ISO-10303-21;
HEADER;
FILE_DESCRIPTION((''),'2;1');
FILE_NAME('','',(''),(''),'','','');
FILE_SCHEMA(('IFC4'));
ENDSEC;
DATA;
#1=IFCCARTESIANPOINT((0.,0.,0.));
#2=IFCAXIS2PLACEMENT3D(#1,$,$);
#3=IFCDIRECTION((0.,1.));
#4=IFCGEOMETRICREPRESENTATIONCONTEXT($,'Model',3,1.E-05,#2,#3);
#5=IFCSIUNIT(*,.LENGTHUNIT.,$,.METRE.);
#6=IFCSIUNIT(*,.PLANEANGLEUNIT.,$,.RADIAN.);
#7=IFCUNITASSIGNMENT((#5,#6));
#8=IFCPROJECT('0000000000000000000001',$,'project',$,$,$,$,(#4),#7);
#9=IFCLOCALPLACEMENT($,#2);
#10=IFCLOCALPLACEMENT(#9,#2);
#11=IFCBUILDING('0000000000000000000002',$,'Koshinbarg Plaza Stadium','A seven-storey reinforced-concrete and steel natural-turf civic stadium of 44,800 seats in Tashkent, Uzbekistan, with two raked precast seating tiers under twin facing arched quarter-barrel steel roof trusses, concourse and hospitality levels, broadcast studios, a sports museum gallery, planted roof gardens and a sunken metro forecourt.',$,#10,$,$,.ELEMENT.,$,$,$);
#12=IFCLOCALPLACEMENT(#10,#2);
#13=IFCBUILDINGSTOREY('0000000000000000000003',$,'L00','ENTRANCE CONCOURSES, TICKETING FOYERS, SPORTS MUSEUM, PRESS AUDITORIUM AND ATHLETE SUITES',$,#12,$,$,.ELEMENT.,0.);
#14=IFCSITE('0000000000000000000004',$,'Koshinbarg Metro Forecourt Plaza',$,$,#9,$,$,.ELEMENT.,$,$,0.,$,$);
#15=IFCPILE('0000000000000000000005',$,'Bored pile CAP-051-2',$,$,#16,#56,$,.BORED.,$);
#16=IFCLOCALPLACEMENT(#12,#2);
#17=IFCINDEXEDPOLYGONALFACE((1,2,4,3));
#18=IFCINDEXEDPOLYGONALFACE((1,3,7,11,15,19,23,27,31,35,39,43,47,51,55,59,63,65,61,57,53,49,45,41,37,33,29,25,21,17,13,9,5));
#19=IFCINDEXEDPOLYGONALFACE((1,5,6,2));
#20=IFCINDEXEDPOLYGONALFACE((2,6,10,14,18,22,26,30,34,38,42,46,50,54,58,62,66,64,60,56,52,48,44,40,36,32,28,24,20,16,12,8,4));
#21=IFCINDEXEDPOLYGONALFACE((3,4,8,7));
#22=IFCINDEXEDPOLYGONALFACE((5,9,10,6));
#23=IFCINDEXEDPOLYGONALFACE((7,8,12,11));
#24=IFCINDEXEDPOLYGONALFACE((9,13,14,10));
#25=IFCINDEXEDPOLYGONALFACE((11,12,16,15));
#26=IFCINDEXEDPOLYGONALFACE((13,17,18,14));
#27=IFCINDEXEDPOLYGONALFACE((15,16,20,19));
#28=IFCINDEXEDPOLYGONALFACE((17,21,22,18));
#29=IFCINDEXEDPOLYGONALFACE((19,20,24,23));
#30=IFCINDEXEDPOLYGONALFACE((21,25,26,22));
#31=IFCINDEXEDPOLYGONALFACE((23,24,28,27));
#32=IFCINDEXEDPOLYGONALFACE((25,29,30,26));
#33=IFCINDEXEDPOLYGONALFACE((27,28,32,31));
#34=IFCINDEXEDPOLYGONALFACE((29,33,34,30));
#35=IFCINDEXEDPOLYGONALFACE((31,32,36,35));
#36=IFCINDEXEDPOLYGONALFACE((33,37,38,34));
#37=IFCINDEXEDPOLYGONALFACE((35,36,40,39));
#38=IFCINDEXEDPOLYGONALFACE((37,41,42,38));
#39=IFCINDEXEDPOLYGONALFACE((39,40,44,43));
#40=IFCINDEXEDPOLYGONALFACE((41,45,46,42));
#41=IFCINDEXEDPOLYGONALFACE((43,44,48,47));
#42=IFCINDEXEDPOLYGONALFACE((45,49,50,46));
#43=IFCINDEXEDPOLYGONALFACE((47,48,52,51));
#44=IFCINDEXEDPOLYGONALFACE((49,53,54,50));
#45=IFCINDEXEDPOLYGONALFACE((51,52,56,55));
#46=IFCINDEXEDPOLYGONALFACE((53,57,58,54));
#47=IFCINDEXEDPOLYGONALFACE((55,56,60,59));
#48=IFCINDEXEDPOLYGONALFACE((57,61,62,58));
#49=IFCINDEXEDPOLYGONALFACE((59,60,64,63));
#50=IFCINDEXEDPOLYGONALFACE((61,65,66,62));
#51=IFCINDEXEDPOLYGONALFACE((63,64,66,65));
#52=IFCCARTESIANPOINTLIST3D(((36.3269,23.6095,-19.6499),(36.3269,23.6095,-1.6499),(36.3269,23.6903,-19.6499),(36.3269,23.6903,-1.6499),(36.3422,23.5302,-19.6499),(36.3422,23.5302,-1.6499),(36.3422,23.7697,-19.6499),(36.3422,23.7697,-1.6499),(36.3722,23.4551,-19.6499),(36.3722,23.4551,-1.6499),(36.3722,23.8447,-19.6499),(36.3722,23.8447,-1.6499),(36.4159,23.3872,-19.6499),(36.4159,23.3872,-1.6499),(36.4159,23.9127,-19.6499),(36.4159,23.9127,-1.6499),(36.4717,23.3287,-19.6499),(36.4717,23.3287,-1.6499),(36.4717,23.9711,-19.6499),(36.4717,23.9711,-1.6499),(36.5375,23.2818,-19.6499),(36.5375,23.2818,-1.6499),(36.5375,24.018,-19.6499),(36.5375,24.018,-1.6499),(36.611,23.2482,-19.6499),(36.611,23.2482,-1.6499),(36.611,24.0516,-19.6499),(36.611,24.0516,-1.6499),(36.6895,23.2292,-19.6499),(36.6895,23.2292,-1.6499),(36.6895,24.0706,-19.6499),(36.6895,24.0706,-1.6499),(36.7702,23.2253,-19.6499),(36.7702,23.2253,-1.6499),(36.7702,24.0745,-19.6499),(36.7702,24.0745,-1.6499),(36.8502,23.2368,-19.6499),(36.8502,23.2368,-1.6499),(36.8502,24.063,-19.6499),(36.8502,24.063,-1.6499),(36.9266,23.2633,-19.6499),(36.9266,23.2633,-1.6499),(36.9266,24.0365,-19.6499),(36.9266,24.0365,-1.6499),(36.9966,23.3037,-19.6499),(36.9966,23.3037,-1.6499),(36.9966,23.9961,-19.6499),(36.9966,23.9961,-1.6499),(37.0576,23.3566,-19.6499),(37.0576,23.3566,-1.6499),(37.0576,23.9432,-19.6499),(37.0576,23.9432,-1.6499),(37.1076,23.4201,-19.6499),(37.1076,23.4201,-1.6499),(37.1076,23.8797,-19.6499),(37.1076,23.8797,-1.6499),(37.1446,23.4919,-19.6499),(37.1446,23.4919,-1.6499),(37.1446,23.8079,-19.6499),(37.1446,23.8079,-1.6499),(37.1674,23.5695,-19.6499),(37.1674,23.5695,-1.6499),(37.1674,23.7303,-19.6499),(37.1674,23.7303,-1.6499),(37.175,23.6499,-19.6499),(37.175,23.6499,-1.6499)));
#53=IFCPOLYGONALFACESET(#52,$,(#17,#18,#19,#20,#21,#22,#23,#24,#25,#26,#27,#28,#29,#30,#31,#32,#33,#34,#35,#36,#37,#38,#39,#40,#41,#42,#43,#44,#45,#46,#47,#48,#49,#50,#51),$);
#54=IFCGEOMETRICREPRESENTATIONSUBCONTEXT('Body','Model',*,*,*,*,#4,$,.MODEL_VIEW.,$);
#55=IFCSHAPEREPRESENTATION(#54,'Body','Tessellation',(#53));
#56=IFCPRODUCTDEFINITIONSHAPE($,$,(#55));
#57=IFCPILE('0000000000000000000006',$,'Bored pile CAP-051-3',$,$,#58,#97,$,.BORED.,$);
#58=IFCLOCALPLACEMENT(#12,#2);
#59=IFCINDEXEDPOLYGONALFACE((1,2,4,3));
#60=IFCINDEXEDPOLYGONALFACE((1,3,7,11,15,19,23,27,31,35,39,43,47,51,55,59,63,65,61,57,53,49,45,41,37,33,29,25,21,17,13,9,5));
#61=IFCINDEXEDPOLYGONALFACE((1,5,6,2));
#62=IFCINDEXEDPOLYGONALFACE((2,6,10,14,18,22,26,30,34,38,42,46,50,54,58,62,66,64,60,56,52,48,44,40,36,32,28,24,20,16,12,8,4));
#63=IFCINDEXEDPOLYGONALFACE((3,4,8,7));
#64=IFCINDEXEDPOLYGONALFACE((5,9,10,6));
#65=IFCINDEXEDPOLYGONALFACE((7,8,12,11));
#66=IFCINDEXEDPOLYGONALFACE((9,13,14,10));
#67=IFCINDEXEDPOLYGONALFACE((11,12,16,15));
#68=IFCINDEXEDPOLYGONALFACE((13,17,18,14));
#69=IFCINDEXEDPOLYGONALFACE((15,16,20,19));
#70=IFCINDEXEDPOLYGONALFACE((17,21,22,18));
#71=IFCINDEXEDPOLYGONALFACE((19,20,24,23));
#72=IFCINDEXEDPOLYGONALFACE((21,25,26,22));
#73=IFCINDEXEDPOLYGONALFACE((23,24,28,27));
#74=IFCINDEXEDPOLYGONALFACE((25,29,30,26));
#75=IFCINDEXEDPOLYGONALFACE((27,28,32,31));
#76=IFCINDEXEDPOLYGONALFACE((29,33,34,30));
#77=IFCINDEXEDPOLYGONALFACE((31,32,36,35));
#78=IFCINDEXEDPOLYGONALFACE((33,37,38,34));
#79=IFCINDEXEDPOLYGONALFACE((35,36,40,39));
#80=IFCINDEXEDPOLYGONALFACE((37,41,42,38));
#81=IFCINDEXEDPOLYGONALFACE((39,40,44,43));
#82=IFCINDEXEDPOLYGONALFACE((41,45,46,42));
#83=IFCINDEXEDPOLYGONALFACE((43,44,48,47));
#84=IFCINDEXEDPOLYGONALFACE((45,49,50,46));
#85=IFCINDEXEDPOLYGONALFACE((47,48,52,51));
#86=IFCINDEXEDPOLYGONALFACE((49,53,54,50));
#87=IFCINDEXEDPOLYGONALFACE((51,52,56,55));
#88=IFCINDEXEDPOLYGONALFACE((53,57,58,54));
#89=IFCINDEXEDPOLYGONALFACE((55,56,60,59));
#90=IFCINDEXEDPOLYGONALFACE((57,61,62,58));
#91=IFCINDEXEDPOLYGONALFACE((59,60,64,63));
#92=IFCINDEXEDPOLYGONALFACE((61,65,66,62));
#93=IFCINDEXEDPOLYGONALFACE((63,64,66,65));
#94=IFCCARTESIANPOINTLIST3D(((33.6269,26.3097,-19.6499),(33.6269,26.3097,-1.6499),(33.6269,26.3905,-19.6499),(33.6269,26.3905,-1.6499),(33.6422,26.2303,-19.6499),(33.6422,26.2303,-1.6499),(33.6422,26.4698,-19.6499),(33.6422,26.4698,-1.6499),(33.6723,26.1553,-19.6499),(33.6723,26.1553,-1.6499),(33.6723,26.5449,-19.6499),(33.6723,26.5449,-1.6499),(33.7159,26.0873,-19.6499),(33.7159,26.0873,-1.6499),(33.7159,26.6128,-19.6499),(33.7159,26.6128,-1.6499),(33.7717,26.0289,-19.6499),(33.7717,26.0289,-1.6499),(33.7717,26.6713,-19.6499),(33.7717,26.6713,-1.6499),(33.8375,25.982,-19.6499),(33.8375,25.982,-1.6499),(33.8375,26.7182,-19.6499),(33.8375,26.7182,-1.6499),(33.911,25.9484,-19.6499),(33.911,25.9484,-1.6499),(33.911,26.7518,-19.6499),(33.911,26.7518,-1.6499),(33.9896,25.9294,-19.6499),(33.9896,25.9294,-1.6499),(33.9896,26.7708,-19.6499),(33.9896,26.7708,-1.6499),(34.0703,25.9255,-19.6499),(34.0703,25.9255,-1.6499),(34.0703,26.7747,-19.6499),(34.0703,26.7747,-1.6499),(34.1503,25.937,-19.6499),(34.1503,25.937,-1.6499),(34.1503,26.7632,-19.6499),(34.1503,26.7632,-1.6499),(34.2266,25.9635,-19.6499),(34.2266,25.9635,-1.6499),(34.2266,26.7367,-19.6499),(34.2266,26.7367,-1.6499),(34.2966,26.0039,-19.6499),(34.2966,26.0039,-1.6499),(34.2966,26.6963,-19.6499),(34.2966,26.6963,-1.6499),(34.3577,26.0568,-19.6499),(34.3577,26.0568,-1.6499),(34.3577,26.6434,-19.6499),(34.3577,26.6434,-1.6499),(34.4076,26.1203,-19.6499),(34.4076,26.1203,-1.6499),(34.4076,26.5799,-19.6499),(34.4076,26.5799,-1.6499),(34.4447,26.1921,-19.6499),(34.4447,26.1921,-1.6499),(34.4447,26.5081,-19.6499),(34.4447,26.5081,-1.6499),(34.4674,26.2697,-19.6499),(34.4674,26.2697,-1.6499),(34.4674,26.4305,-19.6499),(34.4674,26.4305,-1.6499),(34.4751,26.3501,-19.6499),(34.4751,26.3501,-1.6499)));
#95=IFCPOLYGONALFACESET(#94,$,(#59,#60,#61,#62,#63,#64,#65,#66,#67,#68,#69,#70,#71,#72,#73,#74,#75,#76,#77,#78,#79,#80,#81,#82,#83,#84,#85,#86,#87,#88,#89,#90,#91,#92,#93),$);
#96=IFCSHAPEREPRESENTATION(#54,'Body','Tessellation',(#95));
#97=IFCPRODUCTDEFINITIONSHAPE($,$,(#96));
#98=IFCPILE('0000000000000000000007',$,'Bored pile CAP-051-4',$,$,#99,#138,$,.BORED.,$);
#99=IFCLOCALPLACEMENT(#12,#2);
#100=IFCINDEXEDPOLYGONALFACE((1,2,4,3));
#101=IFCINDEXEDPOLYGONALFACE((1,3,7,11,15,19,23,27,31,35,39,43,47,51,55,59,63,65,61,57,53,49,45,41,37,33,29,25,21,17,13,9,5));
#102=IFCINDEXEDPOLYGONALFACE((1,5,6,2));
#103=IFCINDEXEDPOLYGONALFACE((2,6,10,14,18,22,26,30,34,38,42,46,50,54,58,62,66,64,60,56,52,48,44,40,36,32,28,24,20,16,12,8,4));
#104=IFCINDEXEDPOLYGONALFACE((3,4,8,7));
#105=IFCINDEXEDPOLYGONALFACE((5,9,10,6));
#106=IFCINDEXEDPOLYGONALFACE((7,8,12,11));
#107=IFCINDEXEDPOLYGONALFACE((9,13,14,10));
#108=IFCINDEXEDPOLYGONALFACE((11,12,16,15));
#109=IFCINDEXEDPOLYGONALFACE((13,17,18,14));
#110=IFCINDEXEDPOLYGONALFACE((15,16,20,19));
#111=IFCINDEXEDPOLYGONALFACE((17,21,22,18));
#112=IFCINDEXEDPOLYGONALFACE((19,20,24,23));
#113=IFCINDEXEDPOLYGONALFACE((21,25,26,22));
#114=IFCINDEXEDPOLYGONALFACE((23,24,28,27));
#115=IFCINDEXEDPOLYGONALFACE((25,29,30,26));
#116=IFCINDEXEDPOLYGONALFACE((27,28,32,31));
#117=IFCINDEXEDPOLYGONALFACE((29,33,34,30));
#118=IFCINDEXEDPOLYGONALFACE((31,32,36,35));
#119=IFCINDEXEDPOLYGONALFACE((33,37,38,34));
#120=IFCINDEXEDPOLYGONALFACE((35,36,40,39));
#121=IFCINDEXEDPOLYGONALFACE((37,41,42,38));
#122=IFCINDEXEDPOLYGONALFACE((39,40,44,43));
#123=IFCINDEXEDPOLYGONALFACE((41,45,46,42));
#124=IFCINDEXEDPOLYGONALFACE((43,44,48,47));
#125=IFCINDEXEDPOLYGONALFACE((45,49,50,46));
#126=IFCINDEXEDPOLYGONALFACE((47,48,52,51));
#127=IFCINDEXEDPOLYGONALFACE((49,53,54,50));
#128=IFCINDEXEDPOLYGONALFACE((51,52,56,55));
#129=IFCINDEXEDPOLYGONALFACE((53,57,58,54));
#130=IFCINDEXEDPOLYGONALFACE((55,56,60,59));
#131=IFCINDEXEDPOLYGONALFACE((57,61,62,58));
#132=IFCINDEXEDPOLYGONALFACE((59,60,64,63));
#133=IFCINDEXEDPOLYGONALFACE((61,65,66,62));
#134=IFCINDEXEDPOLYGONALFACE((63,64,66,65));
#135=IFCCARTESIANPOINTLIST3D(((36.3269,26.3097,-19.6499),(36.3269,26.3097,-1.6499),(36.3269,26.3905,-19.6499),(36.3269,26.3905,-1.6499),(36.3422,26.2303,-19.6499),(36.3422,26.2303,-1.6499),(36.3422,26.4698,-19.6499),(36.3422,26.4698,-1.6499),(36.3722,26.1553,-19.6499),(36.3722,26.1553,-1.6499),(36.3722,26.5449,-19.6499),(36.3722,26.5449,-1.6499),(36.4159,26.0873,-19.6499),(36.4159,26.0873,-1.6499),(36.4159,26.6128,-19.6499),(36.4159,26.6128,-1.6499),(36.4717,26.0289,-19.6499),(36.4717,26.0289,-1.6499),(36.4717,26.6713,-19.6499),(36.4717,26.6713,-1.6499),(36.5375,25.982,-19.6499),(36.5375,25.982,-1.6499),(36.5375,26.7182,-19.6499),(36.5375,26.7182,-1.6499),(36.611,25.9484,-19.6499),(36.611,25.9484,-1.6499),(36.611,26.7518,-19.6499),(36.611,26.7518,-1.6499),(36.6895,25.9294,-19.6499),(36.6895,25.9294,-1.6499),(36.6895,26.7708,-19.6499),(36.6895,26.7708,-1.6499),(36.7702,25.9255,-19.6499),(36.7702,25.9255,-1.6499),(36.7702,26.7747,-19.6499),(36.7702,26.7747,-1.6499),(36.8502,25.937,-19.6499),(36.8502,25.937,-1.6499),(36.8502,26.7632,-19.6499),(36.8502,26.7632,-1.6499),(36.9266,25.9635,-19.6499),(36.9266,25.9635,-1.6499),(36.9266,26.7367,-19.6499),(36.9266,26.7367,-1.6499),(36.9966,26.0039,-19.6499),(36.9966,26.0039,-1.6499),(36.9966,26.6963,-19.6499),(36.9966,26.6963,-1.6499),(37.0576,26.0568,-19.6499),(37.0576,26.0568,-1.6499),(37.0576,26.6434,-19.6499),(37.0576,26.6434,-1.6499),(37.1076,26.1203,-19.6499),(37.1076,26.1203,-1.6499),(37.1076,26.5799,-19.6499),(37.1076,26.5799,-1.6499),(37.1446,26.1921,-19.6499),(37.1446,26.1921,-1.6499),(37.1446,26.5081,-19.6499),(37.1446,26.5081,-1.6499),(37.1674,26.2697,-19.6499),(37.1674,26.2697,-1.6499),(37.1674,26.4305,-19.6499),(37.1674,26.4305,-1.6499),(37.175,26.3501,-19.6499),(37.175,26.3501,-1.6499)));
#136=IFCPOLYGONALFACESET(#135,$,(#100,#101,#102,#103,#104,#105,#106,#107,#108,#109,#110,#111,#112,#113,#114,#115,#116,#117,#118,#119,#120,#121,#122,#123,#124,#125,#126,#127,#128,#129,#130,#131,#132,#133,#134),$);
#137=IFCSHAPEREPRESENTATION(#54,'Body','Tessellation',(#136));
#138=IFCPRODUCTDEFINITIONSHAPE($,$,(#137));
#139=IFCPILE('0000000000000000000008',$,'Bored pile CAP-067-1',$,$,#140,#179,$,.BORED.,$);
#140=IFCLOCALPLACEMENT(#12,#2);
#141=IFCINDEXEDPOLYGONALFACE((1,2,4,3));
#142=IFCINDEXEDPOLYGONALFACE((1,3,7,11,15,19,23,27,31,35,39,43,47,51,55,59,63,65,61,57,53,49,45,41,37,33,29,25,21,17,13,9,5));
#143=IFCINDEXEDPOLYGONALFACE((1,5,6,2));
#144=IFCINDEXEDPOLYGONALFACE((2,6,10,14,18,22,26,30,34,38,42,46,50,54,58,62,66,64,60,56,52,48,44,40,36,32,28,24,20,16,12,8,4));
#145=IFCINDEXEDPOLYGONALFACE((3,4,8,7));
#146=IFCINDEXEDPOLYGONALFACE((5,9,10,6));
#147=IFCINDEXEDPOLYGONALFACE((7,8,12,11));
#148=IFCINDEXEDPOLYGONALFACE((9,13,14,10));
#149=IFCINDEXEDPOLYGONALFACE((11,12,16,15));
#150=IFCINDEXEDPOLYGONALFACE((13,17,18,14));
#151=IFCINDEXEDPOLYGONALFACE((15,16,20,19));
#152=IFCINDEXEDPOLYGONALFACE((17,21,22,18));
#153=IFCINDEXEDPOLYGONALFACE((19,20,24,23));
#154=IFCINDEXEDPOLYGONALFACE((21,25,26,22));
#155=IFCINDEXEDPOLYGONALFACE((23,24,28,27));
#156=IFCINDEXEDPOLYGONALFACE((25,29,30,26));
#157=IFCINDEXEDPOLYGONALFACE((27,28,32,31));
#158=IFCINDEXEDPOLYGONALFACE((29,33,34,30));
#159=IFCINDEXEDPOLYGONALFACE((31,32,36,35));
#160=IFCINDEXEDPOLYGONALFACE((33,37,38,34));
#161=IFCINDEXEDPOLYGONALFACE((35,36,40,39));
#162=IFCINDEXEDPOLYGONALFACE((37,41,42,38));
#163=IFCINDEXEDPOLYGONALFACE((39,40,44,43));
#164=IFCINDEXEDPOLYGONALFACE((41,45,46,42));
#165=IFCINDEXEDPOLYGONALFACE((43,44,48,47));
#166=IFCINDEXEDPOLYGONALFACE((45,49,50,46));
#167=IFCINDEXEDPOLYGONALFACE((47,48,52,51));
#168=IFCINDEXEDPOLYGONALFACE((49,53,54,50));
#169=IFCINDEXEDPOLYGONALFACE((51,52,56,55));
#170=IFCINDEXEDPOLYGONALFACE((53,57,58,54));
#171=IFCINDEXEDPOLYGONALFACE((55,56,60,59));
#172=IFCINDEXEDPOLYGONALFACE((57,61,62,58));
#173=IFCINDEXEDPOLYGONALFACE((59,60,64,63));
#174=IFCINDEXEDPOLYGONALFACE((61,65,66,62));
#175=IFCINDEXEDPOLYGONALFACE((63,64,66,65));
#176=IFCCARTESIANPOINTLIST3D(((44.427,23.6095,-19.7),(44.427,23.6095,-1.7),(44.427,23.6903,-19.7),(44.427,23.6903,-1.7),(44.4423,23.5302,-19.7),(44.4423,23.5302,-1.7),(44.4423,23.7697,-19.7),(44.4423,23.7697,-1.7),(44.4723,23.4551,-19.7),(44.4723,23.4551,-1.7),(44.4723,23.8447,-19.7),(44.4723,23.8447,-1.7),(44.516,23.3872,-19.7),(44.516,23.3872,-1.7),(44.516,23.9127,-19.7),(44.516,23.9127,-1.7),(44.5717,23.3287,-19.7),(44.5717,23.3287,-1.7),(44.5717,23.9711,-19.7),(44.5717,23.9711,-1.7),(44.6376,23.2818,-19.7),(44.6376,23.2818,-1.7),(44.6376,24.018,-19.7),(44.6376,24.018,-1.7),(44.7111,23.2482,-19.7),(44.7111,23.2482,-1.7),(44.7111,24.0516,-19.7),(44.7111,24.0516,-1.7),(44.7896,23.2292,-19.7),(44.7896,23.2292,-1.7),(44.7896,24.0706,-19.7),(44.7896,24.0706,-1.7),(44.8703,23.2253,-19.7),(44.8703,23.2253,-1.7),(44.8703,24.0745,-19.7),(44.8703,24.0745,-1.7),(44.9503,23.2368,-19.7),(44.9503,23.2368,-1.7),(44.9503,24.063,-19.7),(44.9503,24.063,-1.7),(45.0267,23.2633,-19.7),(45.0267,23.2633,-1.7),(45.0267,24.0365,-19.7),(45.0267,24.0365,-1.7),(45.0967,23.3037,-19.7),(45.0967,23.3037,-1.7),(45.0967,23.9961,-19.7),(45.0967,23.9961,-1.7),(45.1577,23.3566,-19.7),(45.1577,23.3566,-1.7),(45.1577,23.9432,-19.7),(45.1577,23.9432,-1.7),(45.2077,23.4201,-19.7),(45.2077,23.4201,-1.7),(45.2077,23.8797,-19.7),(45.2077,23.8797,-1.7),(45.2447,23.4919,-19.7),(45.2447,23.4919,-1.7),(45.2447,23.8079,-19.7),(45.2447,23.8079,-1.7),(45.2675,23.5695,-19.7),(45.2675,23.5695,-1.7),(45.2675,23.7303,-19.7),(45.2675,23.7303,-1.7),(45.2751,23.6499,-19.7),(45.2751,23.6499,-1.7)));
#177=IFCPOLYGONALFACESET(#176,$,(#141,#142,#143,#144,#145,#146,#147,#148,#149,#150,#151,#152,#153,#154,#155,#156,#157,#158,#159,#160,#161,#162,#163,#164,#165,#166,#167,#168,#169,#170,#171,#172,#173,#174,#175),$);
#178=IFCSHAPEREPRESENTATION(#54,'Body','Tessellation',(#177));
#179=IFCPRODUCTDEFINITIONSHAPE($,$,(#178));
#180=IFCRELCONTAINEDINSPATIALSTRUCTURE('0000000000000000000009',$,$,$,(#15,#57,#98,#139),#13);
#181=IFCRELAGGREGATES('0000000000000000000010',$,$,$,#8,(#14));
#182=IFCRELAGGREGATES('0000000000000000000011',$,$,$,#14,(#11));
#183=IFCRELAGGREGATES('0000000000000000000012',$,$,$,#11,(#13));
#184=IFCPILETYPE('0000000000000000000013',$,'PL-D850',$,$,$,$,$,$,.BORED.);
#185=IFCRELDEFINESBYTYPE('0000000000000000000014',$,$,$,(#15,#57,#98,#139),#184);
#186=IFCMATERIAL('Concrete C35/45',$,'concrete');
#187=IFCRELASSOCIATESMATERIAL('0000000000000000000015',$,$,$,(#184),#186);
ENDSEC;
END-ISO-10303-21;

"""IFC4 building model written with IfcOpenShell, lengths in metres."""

from ifc_helpers import new_model, si_unit, direction, frame, origin, origin_2d, place, context, subcontext, project, spatial, circle, extrude, material, material_profile, profile_set, type_object, element, save


model = new_model("IFC4")

# Units and contexts
model_context = context("Model", 3, precision=1e-05, world=origin(), true_north=direction((0.0, 1.0)))
body_context = subcontext(model_context, "Body", "Model", "MODEL_VIEW")
ifc_project = project(units=[si_unit("LENGTHUNIT", "METRE"), si_unit("PLANEANGLEUNIT", "RADIAN")], contexts=[model_context])

# Site, building, storey
site_placement = place(None, origin())
site = spatial("IfcSite", under=ifc_project, at=site_placement, Name="Koshinbarg Metro Forecourt Plaza", CompositionType="ELEMENT", RefElevation=0.0)
building_placement = place(site_placement, origin())
building = spatial("IfcBuilding", under=site, at=building_placement, Name="Koshinbarg Plaza Stadium", Description="A seven-storey reinforced-concrete and steel natural-turf civic stadium of 44,800 seats in Tashkent, Uzbekistan, with two raked precast seating tiers under twin facing arched quarter-barrel steel roof trusses, concourse and hospitality levels, broadcast studios, a sports museum gallery, planted roof gardens and a sunken metro forecourt.", CompositionType="ELEMENT")
storey_placement = place(building_placement, origin())
storey = spatial("IfcBuildingStorey", under=building, at=storey_placement, Name="L00", Description="ENTRANCE CONCOURSES, TICKETING FOYERS, SPORTS MUSEUM, PRESS AUDITORIUM AND ATHLETE SUITES", CompositionType="ELEMENT", Elevation=0.0)

# Shared definitions
ifc_material_1 = material(Name="Concrete C35/45", Category="concrete")

# Piles
ifc_material_profile_1 = material_profile(ifc_material_1, circle(Radius=0.425, at=origin_2d()), Name="PILE D850")
ifc_profile_set_1 = profile_set([ifc_material_profile_1], Name="Concrete C35/45")
pile_type_1 = type_object("IfcPileType", Name="PL-D850", PredefinedType="BORED", material=ifc_profile_set_1)
for number, where, z_axis, x_axis, name in (
    (1, (36.75, 23.6499, -1.6499), (0.0, 0.0, -1.0), (1.0, 0.0, 0.0), "Bored pile CAP-051-2"),
    (2, (34.05, 26.3501, -1.6499), (0.0, 0.0, -1.0), (1.0, 0.0, 0.0), "Bored pile CAP-051-3"),
    (3, (36.75, 26.3501, -1.6499), (0.0, 0.0, -1.0), (1.0, 0.0, 0.0), "Bored pile CAP-051-4"),
    (4, (44.8501, 23.6499, -1.7), (0.0, 0.0, -1.0), (1.0, 0.0, 0.0), "Bored pile CAP-067-1"),
):
    element("IfcPile", number, at=place(storey_placement, frame(where, z_axis=z_axis, x_axis=x_axis)), inside=storey, type_object=pile_type_1, Name=name, PredefinedType="BORED", context=body_context, shape_type="SweptSolid", body=[
        extrude(circle(Radius=0.425, at=origin_2d()), origin(), (0.0, 0.0, 1.0), 18.0),
    ])

save(model, "model.ifc")
